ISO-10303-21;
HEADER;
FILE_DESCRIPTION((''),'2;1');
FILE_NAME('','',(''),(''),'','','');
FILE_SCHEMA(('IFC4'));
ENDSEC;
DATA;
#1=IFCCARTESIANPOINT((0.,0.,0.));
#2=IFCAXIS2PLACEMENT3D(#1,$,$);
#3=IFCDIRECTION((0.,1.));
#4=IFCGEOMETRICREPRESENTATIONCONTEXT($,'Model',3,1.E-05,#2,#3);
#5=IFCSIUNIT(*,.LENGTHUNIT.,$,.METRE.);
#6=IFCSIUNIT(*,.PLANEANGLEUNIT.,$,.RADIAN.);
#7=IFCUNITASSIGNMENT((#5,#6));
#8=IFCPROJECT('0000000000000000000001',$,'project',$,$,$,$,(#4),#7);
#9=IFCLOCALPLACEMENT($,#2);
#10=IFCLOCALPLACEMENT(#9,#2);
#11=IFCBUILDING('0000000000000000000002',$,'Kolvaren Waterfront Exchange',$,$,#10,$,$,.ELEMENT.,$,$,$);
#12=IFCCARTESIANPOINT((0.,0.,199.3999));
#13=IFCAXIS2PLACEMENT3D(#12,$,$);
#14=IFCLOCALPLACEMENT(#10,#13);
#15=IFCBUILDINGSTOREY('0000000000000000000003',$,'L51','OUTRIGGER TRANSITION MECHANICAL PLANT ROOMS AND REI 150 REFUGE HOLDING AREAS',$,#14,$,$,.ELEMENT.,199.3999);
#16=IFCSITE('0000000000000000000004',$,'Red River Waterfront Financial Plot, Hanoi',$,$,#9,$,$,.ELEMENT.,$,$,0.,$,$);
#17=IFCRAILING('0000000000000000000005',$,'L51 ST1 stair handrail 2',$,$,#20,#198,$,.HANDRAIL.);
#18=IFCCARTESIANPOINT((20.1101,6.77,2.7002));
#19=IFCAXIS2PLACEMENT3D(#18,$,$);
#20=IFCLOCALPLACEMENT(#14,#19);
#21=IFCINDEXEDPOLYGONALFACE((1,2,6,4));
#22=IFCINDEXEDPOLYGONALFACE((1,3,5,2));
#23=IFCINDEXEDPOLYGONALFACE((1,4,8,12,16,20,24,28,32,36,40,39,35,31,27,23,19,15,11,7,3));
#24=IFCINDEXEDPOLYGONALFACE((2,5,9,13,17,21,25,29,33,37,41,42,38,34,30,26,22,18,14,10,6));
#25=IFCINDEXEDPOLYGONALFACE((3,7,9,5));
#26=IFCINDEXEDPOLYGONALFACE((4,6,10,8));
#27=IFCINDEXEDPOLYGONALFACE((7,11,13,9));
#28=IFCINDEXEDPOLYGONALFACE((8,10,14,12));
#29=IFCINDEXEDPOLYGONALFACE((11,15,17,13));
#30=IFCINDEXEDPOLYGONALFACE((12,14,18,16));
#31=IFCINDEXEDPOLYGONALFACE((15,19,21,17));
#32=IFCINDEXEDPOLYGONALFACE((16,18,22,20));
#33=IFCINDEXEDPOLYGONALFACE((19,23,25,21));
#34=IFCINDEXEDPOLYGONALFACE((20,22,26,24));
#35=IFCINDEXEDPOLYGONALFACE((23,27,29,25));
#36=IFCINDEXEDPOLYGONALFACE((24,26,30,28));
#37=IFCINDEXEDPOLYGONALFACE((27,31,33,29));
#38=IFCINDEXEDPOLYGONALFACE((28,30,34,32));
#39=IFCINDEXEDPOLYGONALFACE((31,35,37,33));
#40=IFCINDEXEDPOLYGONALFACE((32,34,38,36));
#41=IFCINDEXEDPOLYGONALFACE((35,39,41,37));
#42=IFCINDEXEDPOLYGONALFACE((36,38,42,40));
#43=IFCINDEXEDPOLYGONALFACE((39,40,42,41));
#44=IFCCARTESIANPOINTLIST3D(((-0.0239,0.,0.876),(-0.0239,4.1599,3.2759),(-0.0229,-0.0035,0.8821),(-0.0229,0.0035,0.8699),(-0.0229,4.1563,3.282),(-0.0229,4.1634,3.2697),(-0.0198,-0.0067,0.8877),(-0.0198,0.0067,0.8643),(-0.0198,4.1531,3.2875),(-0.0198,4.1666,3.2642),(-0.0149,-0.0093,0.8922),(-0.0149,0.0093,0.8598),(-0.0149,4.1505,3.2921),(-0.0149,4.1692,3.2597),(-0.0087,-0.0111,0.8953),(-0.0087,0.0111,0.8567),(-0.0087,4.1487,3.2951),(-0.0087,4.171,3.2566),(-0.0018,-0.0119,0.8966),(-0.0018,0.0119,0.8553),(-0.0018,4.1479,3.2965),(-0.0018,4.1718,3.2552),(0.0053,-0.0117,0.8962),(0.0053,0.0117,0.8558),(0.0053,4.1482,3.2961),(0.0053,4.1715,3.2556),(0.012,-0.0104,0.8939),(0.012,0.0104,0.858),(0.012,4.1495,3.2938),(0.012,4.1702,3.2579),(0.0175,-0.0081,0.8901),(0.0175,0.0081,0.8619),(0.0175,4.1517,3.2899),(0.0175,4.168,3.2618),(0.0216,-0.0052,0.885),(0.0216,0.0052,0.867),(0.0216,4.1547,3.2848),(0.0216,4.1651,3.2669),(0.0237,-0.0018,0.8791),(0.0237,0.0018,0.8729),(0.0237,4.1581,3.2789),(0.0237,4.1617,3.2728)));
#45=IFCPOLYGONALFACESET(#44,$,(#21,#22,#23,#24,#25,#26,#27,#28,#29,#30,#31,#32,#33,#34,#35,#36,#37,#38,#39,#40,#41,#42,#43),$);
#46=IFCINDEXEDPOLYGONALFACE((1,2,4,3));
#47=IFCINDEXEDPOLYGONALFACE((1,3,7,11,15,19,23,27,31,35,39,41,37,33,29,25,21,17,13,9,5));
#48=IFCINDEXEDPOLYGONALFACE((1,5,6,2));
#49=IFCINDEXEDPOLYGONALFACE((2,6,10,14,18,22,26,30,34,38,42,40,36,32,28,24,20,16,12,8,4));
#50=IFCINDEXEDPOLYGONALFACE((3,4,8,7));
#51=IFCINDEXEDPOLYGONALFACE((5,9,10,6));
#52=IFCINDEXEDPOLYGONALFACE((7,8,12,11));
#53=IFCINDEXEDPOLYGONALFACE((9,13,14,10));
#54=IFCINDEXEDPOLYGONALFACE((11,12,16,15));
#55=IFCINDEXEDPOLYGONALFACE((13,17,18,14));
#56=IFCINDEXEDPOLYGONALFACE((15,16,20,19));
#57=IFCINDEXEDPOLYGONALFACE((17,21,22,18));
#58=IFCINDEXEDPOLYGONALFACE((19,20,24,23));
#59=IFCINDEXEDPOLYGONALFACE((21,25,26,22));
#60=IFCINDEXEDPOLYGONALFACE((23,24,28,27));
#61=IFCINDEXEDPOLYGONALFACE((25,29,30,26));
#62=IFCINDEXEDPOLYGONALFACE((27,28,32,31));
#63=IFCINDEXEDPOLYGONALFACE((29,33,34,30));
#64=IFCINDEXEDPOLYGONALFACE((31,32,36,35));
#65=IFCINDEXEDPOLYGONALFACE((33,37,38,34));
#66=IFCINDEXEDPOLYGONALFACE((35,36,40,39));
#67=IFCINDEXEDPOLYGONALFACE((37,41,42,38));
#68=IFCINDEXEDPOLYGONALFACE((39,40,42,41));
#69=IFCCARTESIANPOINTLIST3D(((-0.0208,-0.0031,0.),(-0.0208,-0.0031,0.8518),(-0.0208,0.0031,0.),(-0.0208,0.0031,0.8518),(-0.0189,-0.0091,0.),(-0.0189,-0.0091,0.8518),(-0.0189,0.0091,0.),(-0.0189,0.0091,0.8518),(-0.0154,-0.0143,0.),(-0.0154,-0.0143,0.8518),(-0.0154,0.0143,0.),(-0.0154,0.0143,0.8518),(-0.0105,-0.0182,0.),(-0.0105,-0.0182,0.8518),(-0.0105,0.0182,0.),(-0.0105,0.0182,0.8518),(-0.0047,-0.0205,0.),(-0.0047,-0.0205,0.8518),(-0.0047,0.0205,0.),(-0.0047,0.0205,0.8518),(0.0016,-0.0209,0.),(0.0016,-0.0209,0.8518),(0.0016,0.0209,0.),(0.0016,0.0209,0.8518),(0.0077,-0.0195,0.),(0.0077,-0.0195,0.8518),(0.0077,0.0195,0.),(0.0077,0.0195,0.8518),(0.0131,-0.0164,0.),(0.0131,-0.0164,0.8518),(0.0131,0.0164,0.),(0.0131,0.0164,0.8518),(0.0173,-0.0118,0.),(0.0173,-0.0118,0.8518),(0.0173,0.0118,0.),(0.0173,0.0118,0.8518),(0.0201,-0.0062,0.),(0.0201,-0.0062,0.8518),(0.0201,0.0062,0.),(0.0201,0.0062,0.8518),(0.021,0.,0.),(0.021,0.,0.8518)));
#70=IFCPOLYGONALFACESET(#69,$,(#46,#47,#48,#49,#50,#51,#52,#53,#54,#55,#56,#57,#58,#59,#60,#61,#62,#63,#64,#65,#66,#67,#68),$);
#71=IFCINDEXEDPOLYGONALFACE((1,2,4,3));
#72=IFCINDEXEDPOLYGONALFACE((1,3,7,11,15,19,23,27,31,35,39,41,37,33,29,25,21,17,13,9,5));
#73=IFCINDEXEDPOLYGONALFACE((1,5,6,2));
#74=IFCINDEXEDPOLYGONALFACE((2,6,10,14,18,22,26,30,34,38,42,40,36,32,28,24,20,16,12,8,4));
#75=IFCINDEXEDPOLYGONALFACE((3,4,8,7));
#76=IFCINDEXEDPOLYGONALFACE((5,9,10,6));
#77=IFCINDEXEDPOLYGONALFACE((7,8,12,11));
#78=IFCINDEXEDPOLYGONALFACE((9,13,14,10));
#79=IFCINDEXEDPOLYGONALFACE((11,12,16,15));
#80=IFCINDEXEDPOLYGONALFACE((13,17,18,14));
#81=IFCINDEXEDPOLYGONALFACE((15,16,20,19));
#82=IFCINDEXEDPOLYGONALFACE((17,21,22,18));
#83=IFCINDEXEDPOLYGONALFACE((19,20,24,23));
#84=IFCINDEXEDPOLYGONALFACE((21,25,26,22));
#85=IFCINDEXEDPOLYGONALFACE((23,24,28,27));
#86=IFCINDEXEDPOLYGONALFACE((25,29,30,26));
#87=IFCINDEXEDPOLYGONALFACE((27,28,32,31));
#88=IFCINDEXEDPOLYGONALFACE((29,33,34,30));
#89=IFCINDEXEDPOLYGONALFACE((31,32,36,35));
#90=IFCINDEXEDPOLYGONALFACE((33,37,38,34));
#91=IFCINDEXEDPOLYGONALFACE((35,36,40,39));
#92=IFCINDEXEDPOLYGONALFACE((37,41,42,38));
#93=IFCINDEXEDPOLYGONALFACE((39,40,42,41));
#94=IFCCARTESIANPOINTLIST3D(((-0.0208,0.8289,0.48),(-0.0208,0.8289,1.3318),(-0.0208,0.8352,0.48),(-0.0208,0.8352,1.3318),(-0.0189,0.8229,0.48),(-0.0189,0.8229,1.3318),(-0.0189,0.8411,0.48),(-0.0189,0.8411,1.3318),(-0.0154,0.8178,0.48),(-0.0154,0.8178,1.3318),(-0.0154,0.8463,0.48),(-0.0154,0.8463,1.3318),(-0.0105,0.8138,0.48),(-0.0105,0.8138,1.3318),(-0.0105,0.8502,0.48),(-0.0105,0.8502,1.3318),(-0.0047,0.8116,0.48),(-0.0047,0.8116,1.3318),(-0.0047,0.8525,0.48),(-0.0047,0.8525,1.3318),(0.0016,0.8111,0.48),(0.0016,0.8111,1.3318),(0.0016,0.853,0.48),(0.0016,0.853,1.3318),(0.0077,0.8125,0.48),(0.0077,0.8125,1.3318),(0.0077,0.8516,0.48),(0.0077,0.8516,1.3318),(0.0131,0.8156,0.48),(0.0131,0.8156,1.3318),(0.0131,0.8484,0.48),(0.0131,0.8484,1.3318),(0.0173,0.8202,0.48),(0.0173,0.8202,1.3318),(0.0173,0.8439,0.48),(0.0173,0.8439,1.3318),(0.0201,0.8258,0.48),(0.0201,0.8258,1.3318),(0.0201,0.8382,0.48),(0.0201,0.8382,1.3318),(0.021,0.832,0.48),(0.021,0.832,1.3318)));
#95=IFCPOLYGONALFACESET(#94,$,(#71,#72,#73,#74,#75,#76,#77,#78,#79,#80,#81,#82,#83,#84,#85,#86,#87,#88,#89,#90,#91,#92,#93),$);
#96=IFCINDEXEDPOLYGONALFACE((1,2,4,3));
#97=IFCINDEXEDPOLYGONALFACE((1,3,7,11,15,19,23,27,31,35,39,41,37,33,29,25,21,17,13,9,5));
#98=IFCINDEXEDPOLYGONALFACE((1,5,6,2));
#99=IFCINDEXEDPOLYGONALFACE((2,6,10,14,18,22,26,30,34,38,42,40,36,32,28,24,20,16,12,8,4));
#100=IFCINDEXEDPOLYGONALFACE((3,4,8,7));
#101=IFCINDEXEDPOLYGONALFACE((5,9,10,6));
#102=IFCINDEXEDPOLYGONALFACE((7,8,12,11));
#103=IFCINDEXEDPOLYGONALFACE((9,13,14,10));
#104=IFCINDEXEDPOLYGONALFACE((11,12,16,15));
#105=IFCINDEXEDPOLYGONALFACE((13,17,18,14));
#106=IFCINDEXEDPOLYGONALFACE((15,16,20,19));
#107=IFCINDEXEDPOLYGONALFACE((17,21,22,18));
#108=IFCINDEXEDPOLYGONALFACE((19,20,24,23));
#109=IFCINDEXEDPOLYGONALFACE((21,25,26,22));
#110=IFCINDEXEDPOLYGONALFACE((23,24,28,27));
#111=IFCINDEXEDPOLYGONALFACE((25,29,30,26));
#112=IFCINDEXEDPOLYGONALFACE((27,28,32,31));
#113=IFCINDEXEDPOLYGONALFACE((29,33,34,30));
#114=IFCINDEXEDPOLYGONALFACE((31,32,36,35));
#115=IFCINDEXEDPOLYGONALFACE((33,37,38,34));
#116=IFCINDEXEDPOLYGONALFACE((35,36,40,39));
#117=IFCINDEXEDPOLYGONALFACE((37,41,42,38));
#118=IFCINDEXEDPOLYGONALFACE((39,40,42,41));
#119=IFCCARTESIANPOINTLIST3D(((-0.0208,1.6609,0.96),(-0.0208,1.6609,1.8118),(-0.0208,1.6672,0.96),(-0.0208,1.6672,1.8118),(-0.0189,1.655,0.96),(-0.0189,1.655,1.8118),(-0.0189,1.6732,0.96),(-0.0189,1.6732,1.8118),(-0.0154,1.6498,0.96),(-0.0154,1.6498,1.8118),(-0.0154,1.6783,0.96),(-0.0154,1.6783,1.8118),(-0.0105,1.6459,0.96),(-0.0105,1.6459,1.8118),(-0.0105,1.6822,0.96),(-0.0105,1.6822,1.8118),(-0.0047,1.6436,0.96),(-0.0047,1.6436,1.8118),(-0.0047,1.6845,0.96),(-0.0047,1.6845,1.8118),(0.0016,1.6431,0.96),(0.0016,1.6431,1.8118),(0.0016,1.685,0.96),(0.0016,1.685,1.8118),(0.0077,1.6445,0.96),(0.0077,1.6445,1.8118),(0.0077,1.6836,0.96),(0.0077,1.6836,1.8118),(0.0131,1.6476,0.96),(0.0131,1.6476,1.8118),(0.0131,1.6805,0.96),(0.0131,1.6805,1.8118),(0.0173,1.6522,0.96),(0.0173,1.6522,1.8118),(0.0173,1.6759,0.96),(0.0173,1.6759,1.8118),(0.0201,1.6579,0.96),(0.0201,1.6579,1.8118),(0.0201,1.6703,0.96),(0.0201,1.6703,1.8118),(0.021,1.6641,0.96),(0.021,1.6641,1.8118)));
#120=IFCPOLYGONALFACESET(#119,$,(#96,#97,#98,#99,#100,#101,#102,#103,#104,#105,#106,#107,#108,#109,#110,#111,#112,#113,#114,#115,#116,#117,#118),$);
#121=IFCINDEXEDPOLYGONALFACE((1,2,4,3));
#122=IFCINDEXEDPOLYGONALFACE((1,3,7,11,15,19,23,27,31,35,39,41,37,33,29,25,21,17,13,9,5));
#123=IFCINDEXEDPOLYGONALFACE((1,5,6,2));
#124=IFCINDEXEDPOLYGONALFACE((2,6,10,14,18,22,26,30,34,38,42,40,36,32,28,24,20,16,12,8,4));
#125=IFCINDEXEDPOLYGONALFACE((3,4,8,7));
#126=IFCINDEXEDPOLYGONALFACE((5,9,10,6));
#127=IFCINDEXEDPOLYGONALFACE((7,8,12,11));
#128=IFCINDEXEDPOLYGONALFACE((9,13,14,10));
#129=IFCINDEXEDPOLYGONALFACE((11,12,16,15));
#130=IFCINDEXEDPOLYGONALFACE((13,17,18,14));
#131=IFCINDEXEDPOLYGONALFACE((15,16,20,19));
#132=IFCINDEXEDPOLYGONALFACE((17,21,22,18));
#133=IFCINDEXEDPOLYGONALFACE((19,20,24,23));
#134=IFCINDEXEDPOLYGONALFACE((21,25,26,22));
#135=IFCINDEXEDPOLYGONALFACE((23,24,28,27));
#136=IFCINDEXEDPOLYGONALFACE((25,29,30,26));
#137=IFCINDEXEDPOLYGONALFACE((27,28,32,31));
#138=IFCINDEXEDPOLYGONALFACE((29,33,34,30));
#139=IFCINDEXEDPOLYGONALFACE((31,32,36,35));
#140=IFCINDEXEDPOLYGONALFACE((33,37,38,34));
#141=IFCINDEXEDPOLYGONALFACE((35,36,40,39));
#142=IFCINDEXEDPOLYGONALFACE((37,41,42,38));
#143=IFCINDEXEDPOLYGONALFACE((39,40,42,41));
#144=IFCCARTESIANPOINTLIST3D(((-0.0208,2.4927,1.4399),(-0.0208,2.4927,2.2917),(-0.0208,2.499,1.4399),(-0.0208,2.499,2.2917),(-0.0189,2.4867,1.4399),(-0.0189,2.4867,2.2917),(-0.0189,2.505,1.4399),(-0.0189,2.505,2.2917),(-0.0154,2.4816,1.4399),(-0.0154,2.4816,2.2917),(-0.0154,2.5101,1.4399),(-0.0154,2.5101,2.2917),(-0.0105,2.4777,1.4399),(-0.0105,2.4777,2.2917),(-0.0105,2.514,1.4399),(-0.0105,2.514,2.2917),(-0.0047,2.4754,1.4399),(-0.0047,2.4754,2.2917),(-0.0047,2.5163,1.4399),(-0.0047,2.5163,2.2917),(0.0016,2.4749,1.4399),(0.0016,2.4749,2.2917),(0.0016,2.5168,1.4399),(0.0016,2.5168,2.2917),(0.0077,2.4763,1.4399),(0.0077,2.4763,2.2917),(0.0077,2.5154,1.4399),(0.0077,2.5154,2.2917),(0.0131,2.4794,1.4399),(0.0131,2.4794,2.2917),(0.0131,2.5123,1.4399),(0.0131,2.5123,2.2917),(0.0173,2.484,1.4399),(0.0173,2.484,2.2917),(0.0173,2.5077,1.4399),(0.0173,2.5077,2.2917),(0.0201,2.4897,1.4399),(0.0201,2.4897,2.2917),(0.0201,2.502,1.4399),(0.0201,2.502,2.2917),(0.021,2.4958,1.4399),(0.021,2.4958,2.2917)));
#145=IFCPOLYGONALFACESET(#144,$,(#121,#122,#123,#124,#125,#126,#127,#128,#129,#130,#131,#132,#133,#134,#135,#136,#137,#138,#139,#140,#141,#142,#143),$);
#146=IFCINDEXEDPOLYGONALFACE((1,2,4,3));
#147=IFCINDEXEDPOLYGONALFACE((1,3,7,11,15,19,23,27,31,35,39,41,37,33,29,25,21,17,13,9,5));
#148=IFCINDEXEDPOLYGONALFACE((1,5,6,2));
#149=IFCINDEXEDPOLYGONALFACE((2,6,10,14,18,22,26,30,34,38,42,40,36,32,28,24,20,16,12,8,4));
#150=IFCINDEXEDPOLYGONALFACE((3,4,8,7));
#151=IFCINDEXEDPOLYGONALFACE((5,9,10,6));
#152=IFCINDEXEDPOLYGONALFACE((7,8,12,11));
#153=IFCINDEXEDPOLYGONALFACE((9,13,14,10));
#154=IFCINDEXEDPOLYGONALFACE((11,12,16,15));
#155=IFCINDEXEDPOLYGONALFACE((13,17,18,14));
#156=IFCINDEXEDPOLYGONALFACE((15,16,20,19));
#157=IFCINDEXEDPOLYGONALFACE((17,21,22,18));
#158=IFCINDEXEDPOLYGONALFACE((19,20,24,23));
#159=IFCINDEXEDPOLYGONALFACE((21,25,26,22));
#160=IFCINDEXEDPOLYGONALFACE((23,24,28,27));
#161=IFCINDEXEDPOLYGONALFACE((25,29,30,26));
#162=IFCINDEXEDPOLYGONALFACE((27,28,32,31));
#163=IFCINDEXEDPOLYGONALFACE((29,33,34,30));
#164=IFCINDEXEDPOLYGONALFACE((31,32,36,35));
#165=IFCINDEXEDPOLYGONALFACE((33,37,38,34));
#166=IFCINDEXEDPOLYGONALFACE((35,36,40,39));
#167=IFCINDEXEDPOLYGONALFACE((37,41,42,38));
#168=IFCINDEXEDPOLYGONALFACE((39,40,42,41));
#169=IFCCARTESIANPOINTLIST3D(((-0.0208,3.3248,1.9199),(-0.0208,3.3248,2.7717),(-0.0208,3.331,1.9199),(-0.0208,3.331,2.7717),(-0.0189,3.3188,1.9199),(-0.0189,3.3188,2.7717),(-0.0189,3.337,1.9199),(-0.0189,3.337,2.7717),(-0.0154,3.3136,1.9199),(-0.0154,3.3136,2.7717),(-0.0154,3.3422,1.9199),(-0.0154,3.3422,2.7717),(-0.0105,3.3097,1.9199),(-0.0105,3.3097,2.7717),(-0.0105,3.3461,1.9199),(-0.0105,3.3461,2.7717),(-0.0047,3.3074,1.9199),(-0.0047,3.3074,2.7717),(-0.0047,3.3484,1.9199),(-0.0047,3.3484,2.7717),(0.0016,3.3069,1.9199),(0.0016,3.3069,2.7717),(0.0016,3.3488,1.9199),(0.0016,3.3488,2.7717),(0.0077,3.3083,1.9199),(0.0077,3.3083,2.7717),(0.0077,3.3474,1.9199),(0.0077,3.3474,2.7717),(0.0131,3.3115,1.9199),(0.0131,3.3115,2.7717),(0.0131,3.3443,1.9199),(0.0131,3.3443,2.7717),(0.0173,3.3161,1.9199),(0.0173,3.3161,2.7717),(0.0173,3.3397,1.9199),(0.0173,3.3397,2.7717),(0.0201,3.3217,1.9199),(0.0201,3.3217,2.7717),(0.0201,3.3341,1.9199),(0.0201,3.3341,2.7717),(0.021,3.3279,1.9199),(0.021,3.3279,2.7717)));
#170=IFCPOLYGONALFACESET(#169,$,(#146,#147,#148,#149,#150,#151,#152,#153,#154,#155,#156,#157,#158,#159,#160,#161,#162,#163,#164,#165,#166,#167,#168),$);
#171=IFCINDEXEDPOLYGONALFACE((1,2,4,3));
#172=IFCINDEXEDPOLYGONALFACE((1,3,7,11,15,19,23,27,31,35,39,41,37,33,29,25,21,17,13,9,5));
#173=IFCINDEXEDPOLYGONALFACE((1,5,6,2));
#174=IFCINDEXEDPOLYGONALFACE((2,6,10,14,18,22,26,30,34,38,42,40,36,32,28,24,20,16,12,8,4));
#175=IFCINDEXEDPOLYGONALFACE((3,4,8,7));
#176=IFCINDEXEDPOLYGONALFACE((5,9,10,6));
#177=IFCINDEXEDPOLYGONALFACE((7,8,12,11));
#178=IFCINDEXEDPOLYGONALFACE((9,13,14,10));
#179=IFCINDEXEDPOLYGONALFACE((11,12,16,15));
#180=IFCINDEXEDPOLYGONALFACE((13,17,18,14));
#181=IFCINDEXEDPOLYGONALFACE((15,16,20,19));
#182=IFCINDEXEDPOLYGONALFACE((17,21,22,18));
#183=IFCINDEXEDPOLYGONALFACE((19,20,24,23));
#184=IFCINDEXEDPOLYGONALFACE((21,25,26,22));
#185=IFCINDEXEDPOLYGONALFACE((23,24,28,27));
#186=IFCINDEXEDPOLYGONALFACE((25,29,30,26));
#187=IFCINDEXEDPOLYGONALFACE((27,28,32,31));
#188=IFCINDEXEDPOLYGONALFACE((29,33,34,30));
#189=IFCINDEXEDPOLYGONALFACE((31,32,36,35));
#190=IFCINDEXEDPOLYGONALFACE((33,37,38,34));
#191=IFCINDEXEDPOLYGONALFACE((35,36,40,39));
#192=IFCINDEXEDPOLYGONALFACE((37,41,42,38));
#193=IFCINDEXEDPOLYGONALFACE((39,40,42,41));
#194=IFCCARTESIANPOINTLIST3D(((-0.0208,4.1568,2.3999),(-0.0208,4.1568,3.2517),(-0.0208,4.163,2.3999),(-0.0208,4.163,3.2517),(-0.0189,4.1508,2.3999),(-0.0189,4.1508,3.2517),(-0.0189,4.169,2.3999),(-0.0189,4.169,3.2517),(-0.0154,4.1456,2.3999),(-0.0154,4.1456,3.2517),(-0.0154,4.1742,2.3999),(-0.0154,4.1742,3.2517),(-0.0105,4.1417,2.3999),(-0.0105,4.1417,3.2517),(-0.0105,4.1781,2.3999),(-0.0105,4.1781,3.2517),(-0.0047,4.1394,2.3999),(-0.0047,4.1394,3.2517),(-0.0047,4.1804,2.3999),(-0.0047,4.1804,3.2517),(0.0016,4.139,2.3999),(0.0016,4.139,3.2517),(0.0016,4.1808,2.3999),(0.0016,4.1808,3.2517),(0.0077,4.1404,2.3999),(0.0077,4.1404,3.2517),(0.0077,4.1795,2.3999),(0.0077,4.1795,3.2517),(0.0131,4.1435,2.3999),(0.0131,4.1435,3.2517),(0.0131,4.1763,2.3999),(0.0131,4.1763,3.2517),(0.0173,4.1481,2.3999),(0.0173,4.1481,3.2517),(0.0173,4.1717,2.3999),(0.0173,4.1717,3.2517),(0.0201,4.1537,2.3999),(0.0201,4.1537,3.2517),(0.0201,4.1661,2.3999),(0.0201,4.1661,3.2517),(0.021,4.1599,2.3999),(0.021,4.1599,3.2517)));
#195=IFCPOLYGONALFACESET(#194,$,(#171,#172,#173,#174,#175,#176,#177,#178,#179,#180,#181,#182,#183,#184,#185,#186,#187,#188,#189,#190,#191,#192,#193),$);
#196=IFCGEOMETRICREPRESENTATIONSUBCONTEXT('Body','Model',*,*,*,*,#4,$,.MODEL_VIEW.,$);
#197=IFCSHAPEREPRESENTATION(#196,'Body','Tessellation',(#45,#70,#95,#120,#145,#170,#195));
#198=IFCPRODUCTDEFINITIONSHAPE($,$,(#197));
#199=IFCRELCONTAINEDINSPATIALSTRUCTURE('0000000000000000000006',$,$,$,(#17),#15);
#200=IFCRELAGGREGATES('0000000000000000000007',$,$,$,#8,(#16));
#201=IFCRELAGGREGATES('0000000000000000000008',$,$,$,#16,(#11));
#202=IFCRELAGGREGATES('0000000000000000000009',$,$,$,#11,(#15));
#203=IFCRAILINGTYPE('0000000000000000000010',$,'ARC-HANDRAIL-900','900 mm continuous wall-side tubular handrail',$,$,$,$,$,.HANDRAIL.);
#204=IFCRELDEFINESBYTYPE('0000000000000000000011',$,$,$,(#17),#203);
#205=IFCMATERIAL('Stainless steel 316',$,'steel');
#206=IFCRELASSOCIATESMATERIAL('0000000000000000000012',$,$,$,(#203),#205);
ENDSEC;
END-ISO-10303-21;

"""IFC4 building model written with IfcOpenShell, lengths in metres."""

from ifc_helpers import new_model, si_unit, direction, frame, origin, origin_2d, place, context, subcontext, project, spatial, circle, extrude, material, type_object, element, save


model = new_model("IFC4")

# Units and contexts
model_context = context("Model", 3, precision=1e-05, world=origin(), true_north=direction((0.0, 1.0)))
body_context = subcontext(model_context, "Body", "Model", "MODEL_VIEW")
ifc_project = project(units=[si_unit("LENGTHUNIT", "METRE"), si_unit("PLANEANGLEUNIT", "RADIAN")], contexts=[model_context])

# Site, building, storey
site_placement = place(None, origin())
site = spatial("IfcSite", under=ifc_project, at=site_placement, Name="Red River Waterfront Financial Plot, Hanoi", CompositionType="ELEMENT", RefElevation=0.0)
building_placement = place(site_placement, origin())
building = spatial("IfcBuilding", under=site, at=building_placement, Name="Kolvaren Waterfront Exchange", CompositionType="ELEMENT")
storey_placement = place(building_placement, frame((0.0, 0.0, 199.3999)))
storey = spatial("IfcBuildingStorey", under=building, at=storey_placement, Name="L51", Description="OUTRIGGER TRANSITION MECHANICAL PLANT ROOMS AND REI 150 REFUGE HOLDING AREAS", CompositionType="ELEMENT", Elevation=199.3999)

# Railing
ifc_material_1 = material(Name="Stainless steel 316", Category="steel")
railing_type_1 = type_object("IfcRailingType", Name="ARC-HANDRAIL-900", Description="900 mm continuous wall-side tubular handrail", PredefinedType="HANDRAIL", material=ifc_material_1)
railing_1_placement = place(storey_placement, frame((20.1101, 6.77, 2.7002)))
element("IfcRailing", 1, at=railing_1_placement, inside=storey, type_object=railing_type_1, Name="L51 ST1 stair handrail 2", PredefinedType="HANDRAIL", context=body_context, shape_type="SweptSolid", body=[
    extrude(circle(Radius=0.0239, at=origin_2d()), frame((0.0, 0.0, 0.876), z_axis=(0.0, 0.86619, 0.499715), x_axis=(-1.0, 0.0, 0.0)), (0.0, 0.0, 1.0), 4.8025),
    extrude(circle(Radius=0.021, at=origin_2d()), origin(), (0.0, 0.0, 1.0), 0.8518),
    extrude(circle(Radius=0.021, at=origin_2d()), frame((0.0, 0.832, 0.48)), (0.0, 0.0, 1.0), 0.8518),
    extrude(circle(Radius=0.021, at=origin_2d()), frame((0.0, 1.6641, 0.96)), (0.0, 0.0, 1.0), 0.8518),
    extrude(circle(Radius=0.021, at=origin_2d()), frame((0.0, 2.4958, 1.4399)), (0.0, 0.0, 1.0), 0.8518),
    extrude(circle(Radius=0.021, at=origin_2d()), frame((0.0, 3.3279, 1.9199)), (0.0, 0.0, 1.0), 0.8518),
    extrude(circle(Radius=0.021, at=origin_2d()), frame((0.0, 4.1599, 2.3999)), (0.0, 0.0, 1.0), 0.8518),
])

save(model, "model.ifc")
